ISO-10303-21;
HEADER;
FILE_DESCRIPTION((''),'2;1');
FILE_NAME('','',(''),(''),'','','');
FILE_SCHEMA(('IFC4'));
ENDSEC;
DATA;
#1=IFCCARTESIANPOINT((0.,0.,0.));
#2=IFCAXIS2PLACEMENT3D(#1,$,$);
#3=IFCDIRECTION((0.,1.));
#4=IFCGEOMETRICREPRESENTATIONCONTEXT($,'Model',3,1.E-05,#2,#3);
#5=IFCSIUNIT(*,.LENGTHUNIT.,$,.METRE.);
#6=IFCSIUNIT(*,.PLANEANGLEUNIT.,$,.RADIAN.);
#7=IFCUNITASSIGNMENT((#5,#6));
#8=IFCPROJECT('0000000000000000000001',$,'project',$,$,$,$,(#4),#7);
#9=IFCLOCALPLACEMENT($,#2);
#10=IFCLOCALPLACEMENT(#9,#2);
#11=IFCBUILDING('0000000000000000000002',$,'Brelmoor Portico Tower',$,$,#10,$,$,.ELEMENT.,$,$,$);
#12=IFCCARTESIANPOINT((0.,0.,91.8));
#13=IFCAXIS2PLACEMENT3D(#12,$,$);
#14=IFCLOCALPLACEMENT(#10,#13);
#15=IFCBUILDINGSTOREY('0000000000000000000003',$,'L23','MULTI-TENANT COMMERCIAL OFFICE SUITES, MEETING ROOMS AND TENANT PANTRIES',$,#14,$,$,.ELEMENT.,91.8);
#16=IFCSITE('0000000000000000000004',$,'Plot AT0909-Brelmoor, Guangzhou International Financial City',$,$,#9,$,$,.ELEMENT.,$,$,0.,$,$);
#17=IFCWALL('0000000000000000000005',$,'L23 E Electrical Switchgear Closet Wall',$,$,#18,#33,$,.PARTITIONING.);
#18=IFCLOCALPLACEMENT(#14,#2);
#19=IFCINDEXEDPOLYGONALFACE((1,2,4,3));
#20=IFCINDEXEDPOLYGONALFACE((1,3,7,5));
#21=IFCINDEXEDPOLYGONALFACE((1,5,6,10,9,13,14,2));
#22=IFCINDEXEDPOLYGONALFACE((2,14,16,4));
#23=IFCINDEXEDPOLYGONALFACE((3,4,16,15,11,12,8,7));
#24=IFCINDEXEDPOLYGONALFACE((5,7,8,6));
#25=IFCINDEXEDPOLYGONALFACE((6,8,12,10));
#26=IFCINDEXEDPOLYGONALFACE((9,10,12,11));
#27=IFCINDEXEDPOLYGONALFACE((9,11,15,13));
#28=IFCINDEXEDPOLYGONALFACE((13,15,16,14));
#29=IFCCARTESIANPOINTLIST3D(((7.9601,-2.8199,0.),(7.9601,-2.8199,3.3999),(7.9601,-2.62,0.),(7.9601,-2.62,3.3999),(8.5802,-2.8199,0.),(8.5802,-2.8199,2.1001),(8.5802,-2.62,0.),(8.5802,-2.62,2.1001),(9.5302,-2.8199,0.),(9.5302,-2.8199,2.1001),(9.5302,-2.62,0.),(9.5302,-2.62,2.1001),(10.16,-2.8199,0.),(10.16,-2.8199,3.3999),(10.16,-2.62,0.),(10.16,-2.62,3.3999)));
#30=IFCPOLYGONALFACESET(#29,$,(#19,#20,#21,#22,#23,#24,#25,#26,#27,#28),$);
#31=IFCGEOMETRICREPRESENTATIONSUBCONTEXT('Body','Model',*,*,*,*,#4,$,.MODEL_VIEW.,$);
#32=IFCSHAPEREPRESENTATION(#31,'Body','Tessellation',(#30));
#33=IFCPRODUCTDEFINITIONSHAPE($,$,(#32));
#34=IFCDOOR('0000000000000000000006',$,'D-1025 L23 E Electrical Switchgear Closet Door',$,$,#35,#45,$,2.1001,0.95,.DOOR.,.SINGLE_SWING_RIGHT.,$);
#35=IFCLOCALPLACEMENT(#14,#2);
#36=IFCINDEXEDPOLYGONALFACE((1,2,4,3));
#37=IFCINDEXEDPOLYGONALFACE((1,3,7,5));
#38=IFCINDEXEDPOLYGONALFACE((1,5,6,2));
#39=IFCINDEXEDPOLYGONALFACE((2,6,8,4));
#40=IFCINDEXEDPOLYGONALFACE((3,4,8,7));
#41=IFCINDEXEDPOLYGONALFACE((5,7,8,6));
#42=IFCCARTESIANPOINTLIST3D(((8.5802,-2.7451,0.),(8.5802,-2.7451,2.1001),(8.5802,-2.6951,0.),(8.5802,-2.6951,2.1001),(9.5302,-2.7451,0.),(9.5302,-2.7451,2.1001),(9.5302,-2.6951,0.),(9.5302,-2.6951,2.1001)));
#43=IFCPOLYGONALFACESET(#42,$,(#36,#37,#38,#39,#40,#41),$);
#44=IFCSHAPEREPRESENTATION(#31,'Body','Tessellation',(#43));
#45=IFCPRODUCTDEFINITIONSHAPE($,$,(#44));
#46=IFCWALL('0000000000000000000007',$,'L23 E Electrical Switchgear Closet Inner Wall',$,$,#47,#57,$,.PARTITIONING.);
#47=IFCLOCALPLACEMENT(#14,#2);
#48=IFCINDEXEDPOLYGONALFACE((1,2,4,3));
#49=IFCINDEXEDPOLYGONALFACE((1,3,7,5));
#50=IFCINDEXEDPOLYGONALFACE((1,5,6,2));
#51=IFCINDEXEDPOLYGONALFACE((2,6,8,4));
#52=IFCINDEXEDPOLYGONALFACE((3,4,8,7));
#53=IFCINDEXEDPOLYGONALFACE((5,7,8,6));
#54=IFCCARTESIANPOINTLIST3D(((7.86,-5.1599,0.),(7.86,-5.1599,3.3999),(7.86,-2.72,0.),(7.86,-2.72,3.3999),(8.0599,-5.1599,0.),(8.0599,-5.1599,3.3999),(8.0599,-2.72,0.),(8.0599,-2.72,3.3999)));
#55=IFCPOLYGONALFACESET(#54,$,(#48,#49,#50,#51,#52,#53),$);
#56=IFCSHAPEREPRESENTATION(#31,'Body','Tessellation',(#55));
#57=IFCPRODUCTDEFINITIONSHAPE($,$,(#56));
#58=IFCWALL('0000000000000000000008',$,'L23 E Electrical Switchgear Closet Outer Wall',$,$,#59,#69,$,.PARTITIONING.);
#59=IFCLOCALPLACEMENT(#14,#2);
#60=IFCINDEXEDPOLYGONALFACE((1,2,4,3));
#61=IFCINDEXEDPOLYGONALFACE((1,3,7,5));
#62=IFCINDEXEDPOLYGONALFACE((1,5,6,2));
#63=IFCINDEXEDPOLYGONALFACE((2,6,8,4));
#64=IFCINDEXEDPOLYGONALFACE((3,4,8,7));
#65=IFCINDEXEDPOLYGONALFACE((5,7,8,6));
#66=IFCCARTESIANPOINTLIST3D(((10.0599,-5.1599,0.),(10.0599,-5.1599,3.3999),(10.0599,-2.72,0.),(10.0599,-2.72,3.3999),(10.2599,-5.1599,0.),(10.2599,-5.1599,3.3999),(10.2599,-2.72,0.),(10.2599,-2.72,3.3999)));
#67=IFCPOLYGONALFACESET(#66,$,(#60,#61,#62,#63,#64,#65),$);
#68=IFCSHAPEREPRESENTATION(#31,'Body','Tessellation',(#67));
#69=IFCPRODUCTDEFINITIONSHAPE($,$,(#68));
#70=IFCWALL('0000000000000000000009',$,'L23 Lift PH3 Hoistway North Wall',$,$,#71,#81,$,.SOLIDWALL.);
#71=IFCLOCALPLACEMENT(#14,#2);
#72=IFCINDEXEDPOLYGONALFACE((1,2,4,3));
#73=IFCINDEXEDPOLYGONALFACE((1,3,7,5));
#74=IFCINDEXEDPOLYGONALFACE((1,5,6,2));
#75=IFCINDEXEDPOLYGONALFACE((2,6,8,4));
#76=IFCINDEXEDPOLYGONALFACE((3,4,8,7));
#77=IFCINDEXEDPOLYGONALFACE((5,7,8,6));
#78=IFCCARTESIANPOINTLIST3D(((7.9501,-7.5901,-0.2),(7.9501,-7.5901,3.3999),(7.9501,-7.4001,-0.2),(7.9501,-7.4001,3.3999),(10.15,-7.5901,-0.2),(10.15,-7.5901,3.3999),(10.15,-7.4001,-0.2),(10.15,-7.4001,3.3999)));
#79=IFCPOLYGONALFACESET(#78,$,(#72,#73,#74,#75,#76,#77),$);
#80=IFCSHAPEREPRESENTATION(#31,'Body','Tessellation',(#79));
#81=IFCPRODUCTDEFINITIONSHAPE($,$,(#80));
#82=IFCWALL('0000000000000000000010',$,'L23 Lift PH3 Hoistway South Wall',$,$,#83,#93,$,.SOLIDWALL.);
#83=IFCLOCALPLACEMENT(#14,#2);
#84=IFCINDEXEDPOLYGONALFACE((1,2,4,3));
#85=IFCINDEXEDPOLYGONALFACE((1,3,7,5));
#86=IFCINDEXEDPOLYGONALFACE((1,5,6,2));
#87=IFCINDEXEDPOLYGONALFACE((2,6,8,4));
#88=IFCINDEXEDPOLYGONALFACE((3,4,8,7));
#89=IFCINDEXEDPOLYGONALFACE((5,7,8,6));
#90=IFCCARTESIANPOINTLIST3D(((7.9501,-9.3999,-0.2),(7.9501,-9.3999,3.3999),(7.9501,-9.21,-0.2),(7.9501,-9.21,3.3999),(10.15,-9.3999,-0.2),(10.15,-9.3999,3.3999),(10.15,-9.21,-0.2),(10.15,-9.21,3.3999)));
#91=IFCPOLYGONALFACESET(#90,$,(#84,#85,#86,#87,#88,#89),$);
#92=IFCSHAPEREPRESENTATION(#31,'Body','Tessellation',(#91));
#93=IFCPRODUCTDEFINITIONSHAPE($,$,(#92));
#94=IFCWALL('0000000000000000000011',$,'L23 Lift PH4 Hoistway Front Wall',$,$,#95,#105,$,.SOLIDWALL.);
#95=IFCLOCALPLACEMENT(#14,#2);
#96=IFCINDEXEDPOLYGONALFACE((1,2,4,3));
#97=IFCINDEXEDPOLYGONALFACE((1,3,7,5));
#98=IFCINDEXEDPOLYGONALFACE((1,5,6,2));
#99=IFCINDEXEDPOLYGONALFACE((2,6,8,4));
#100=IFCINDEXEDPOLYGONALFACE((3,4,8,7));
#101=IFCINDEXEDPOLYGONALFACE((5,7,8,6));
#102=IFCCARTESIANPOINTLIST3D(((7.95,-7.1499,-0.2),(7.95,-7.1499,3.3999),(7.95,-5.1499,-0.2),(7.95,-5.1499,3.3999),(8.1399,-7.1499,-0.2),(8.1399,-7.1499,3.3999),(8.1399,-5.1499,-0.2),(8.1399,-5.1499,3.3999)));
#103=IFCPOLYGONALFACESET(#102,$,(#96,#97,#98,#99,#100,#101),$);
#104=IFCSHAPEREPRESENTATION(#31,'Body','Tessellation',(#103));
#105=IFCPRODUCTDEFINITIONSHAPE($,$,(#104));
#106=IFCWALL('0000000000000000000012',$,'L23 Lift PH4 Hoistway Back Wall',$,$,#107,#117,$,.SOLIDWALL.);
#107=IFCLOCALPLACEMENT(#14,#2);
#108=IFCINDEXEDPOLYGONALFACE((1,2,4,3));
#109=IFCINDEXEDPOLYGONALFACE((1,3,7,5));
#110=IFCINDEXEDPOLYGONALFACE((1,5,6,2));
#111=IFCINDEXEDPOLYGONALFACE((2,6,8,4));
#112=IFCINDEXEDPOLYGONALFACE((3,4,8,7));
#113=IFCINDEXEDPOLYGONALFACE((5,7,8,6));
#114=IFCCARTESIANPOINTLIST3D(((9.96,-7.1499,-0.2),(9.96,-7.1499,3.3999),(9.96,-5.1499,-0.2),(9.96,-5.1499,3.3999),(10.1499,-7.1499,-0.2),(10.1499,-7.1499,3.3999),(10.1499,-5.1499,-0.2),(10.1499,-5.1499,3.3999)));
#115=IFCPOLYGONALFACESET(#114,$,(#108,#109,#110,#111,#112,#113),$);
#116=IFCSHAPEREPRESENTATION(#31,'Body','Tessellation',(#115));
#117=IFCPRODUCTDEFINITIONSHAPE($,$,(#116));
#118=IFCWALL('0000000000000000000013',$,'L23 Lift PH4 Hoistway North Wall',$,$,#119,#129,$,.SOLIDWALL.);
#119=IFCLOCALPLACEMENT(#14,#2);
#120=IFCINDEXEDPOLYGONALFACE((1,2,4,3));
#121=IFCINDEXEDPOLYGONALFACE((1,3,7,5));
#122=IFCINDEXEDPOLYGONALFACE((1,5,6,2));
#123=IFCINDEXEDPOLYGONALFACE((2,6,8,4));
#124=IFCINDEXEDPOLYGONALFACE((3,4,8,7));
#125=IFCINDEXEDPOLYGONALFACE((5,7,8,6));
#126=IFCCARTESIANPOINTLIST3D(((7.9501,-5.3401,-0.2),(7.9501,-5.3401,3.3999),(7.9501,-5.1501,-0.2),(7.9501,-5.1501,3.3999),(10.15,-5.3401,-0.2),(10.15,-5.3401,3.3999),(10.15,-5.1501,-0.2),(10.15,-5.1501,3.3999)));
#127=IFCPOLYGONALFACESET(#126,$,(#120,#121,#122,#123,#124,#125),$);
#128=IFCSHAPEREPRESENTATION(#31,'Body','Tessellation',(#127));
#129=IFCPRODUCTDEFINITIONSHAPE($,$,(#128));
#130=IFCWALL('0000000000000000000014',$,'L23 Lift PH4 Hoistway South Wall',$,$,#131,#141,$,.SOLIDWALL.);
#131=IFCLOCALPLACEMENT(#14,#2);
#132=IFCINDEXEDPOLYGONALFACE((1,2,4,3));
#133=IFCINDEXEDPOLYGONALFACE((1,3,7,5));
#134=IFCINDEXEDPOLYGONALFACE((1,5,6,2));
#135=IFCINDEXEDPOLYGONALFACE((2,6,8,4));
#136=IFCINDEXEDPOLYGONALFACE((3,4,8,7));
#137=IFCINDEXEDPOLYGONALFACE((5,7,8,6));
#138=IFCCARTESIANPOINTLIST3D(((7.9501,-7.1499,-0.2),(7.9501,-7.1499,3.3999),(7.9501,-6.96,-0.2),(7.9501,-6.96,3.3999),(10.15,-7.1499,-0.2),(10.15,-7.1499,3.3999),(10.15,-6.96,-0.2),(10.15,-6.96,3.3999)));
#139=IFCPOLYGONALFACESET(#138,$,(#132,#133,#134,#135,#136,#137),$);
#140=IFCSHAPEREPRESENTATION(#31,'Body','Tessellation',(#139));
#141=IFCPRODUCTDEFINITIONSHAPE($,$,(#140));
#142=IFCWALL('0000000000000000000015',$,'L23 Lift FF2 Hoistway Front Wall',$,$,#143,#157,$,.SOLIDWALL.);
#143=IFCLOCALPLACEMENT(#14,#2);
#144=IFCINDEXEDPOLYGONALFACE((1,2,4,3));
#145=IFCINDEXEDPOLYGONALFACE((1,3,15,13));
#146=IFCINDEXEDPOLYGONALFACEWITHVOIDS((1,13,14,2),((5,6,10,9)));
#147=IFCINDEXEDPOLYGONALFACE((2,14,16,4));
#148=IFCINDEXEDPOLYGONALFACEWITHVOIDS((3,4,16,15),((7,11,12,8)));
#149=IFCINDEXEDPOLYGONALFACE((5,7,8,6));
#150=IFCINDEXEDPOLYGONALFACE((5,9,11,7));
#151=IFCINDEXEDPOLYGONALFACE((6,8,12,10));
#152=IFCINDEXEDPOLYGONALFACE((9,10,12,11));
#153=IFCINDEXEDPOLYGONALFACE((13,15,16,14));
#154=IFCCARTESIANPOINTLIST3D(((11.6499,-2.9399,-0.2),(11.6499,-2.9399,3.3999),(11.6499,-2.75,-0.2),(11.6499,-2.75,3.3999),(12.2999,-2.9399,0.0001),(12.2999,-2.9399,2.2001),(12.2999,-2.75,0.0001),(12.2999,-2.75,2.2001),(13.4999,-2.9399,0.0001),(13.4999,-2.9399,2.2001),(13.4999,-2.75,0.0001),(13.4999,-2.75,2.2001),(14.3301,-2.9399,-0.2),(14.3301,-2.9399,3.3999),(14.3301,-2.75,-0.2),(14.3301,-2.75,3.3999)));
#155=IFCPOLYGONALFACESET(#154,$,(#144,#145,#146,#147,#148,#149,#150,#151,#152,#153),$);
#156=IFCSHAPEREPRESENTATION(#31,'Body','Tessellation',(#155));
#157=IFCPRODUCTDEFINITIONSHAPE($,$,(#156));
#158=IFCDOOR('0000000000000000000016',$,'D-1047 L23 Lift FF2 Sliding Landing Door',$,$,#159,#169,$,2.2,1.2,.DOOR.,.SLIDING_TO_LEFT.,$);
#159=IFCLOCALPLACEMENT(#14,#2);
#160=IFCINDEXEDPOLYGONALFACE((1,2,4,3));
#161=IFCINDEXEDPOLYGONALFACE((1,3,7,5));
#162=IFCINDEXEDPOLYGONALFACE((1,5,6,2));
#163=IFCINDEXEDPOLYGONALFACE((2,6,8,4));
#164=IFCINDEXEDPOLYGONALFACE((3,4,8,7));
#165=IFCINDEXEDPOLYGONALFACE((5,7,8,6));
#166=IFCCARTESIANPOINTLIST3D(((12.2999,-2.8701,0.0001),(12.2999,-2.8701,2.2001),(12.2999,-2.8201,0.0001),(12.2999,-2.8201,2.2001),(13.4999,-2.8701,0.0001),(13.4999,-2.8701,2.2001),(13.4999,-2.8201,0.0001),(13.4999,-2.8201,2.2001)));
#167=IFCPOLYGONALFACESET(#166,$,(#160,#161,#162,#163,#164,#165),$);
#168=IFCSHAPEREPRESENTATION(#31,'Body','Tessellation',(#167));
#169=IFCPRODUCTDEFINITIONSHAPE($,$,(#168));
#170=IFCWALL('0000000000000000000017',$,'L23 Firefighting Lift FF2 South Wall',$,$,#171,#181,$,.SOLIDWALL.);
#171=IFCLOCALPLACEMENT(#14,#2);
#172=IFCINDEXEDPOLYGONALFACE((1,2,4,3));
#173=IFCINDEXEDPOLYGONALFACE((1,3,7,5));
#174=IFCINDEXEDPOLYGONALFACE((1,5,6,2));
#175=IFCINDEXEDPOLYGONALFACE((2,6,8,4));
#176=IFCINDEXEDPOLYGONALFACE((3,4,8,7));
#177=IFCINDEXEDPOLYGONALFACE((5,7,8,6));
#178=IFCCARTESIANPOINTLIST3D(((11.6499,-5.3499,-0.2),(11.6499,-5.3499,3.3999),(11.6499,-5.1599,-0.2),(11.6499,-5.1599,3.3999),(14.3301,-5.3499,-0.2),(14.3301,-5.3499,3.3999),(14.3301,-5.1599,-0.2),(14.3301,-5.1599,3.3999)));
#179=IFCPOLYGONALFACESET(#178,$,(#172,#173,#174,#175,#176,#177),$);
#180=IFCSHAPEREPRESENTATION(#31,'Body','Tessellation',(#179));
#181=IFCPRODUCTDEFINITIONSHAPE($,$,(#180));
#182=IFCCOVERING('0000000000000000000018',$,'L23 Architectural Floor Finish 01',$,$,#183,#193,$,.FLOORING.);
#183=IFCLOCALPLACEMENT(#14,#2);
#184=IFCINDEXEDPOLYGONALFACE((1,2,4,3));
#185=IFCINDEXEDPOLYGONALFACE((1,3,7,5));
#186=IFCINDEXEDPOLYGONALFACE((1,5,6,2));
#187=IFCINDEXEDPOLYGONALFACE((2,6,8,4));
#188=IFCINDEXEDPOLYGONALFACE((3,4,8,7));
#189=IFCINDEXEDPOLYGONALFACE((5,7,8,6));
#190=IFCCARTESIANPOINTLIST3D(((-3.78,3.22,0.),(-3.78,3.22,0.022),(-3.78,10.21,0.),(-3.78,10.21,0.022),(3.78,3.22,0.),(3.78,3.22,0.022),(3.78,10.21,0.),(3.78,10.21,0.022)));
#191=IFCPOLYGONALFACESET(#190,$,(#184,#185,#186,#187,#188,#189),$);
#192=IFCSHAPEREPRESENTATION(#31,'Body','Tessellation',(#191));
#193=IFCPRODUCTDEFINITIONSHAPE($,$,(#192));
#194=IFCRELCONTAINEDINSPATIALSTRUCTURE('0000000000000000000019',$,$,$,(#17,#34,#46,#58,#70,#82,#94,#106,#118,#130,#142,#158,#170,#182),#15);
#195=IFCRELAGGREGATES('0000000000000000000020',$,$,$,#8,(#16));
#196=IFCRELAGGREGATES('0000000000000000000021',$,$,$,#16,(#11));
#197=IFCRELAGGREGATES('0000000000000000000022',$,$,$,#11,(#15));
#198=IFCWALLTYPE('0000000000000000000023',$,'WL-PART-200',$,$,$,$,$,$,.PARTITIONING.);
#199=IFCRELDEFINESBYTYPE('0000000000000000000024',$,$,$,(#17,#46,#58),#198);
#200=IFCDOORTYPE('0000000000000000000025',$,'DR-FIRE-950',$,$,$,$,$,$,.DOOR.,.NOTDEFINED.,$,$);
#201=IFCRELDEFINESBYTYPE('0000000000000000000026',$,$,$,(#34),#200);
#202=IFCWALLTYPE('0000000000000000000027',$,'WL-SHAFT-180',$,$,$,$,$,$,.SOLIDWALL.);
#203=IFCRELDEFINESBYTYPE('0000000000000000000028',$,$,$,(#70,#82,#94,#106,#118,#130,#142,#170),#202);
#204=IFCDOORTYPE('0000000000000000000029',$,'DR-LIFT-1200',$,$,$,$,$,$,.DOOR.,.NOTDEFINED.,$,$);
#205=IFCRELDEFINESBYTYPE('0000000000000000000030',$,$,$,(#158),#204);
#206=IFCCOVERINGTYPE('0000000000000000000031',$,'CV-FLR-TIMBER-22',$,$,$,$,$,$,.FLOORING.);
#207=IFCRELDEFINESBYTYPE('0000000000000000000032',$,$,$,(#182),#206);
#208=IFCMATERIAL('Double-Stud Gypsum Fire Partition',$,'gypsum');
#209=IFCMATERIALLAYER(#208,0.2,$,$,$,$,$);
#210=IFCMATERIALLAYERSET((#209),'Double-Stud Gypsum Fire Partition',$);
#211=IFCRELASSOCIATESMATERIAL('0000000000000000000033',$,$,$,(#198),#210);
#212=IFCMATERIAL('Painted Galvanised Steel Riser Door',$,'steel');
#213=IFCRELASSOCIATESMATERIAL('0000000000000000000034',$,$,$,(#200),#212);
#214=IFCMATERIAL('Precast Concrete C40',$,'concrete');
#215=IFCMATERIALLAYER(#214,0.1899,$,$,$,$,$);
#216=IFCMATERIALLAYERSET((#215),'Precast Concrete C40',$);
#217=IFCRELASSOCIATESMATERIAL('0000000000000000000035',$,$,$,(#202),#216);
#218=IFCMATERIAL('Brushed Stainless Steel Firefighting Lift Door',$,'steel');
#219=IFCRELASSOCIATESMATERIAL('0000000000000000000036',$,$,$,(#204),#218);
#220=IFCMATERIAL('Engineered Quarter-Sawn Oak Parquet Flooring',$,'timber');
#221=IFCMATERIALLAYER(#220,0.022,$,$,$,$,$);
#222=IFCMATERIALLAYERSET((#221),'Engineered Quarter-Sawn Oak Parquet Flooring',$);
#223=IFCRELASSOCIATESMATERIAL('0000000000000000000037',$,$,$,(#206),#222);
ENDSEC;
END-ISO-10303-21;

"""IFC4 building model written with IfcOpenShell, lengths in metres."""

from ifc_helpers import new_model, si_unit, direction, frame, frame_2d, origin, place, context, subcontext, project, spatial, polyline, rectangle, outline, extrude, material, layer, layer_set, type_object, element, fill, save


model = new_model("IFC4")

# Units and contexts
model_context = context("Model", 3, precision=1e-05, world=origin(), true_north=direction((0.0, 1.0)))
body_context = subcontext(model_context, "Body", "Model", "MODEL_VIEW")
ifc_project = project(units=[si_unit("LENGTHUNIT", "METRE"), si_unit("PLANEANGLEUNIT", "RADIAN")], contexts=[model_context])

# Site, building, storey
site_placement = place(None, origin())
site = spatial("IfcSite", under=ifc_project, at=site_placement, Name="Plot AT0909-Brelmoor, Guangzhou International Financial City", CompositionType="ELEMENT", RefElevation=0.0)
building_placement = place(site_placement, origin())
building = spatial("IfcBuilding", under=site, at=building_placement, Name="Brelmoor Portico Tower", CompositionType="ELEMENT")
storey_placement = place(building_placement, frame((0.0, 0.0, 91.8)))
storey = spatial("IfcBuildingStorey", under=building, at=storey_placement, Name="L23", Description="MULTI-TENANT COMMERCIAL OFFICE SUITES, MEETING ROOMS AND TENANT PANTRIES", CompositionType="ELEMENT", Elevation=91.8)

# Wall, opening, door
ifc_material_1 = material(Name="Double-Stud Gypsum Fire Partition", Category="gypsum")
ifc_layer_1 = layer(ifc_material_1, 0.2)
ifc_layer_set_1 = layer_set([ifc_layer_1], Name="Double-Stud Gypsum Fire Partition")
wall_type_1 = type_object("IfcWallType", Name="WL-PART-200", PredefinedType="PARTITIONING", material=ifc_layer_set_1)
wall_1_placement = place(storey_placement, frame((7.96, -2.72, 0.0), z_axis=(0.0, 0.0, 1.0), x_axis=(1.0, 0.0, 0.0)))
wall_1 = element("IfcWall", 1, at=wall_1_placement, inside=storey, type_object=wall_type_1, Name="L23 E Electrical Switchgear Closet Wall", PredefinedType="PARTITIONING", context=body_context, shape_type="SweptSolid", body=[
    extrude(rectangle(XDim=2.2, YDim=0.2, at=frame_2d((1.1001, 0.0))), origin(), (0.0, 0.0, 1.0), 3.3999),
])
opening_1_placement = place(wall_1_placement, frame((0.6201, 0.0, 0.0)))
opening_1 = element("IfcOpeningElement", 2, at=opening_1_placement, cuts=wall_1, PredefinedType="OPENING", context=body_context, shape_type="SweptSolid", body=[
    extrude(rectangle(XDim=0.95, YDim=2.1001, at=frame_2d((0.4751, 1.05))), frame((0.0, 0.1099, 0.0), z_axis=(0.0, -1.0, 0.0), x_axis=(1.0, 0.0, 0.0)), (0.0, 0.0, 1.0), 0.22),
])
ifc_material_2 = material(Name="Painted Galvanised Steel Riser Door", Category="steel")
door_type_1 = type_object("IfcDoorType", Name="DR-FIRE-950", OperationType="NOTDEFINED", PredefinedType="DOOR", material=ifc_material_2)
door_1_placement = place(opening_1_placement, origin())
door_1 = element("IfcDoor", 3, at=door_1_placement, inside=storey, type_object=door_type_1, Name="D-1025 L23 E Electrical Switchgear Closet Door", OperationType="SINGLE_SWING_RIGHT", OverallHeight=2.1001, OverallWidth=0.95, PredefinedType="DOOR", context=body_context, shape_type="SweptSolid", body=[
    extrude(rectangle(XDim=0.95, YDim=2.1001, at=frame_2d((0.4751, 1.05))), frame((0.0, 0.0249, 0.0), z_axis=(0.0, -1.0, 0.0), x_axis=(1.0, 0.0, 0.0)), (0.0, 0.0, 1.0), 0.05),
])
fill(opening_1, door_1)

# Walls
for number, where, z_axis, x_axis, name in (
    (4, (7.96, -5.1599, 0.0), (0.0, 0.0, 1.0), (0.0, 1.0, 0.0), "L23 E Electrical Switchgear Closet Inner Wall"),
    (5, (10.1599, -5.1599, 0.0), (0.0, 0.0, 1.0), (0.0, 1.0, 0.0), "L23 E Electrical Switchgear Closet Outer Wall"),
):
    element("IfcWall", number, at=place(storey_placement, frame(where, z_axis=z_axis, x_axis=x_axis)), inside=storey, type_object=wall_type_1, Name=name, PredefinedType="PARTITIONING", context=body_context, shape_type="SweptSolid", body=[
        extrude(rectangle(XDim=2.4399, YDim=0.2, at=frame_2d((1.22, 0.0))), origin(), (0.0, 0.0, 1.0), 3.3999),
    ])
ifc_material_3 = material(Name="Precast Concrete C40", Category="concrete")
ifc_layer_2 = layer(ifc_material_3, 0.1899)
ifc_layer_set_2 = layer_set([ifc_layer_2], Name="Precast Concrete C40")
wall_type_2 = type_object("IfcWallType", Name="WL-SHAFT-180", PredefinedType="SOLIDWALL", material=ifc_layer_set_2)
for number, where, z_axis, x_axis, name in (
    (6, (7.95, -7.4951, -0.2), (0.0, 0.0, 1.0), (1.0, 0.0, 0.0), "L23 Lift PH3 Hoistway North Wall"),
    (7, (7.95, -9.3049, -0.2), (0.0, 0.0, 1.0), (1.0, 0.0, 0.0), "L23 Lift PH3 Hoistway South Wall"),
):
    element("IfcWall", number, at=place(storey_placement, frame(where, z_axis=z_axis, x_axis=x_axis)), inside=storey, type_object=wall_type_2, Name=name, PredefinedType="SOLIDWALL", context=body_context, shape_type="SweptSolid", body=[
        extrude(rectangle(XDim=2.2, YDim=0.1899, at=frame_2d((1.1001, 0.0))), origin(), (0.0, 0.0, 1.0), 3.5999),
    ])
for number, where, z_axis, x_axis, name in (
    (8, (8.0449, -7.1499, -0.2), (0.0, 0.0, 1.0), (0.0, 1.0, 0.0), "L23 Lift PH4 Hoistway Front Wall"),
    (9, (10.0549, -7.1499, -0.2), (0.0, 0.0, 1.0), (0.0, 1.0, 0.0), "L23 Lift PH4 Hoistway Back Wall"),
):
    element("IfcWall", number, at=place(storey_placement, frame(where, z_axis=z_axis, x_axis=x_axis)), inside=storey, type_object=wall_type_2, Name=name, PredefinedType="SOLIDWALL", context=body_context, shape_type="SweptSolid", body=[
        extrude(rectangle(XDim=2.0, YDim=0.1899, at=frame_2d((1.0, 0.0))), origin(), (0.0, 0.0, 1.0), 3.5999),
    ])
for number, where, z_axis, x_axis, name in (
    (10, (7.95, -5.2451, -0.2), (0.0, 0.0, 1.0), (1.0, 0.0, 0.0), "L23 Lift PH4 Hoistway North Wall"),
    (11, (7.95, -7.0549, -0.2), (0.0, 0.0, 1.0), (1.0, 0.0, 0.0), "L23 Lift PH4 Hoistway South Wall"),
):
    element("IfcWall", number, at=place(storey_placement, frame(where, z_axis=z_axis, x_axis=x_axis)), inside=storey, type_object=wall_type_2, Name=name, PredefinedType="SOLIDWALL", context=body_context, shape_type="SweptSolid", body=[
        extrude(rectangle(XDim=2.2, YDim=0.1899, at=frame_2d((1.1001, 0.0))), origin(), (0.0, 0.0, 1.0), 3.5999),
    ])

# Wall, opening, door
wall_2_placement = place(storey_placement, frame((11.6499, -2.845, -0.2), z_axis=(0.0, 0.0, 1.0), x_axis=(1.0, 0.0, 0.0)))
wall_2 = element("IfcWall", 12, at=wall_2_placement, inside=storey, type_object=wall_type_2, Name="L23 Lift FF2 Hoistway Front Wall", PredefinedType="SOLIDWALL", context=body_context, shape_type="SweptSolid", body=[
    extrude(rectangle(XDim=2.6802, YDim=0.1899, at=frame_2d((1.3401, 0.0))), origin(), (0.0, 0.0, 1.0), 3.5999),
])
opening_2_placement = place(wall_2_placement, frame((0.6499, 0.0, 0.2)))
opening_2 = element("IfcOpeningElement", 13, at=opening_2_placement, cuts=wall_2, PredefinedType="OPENING", context=body_context, shape_type="SweptSolid", body=[
    extrude(rectangle(XDim=1.2, YDim=2.2, at=frame_2d((0.6001, 1.1001))), frame((0.0, 0.105, 0.0), z_axis=(0.0, -1.0, 0.0), x_axis=(1.0, 0.0, 0.0)), (0.0, 0.0, 1.0), 0.21),
])
ifc_material_4 = material(Name="Brushed Stainless Steel Firefighting Lift Door", Category="steel")
door_type_2 = type_object("IfcDoorType", Name="DR-LIFT-1200", OperationType="NOTDEFINED", PredefinedType="DOOR", material=ifc_material_4)
door_2_placement = place(opening_2_placement, origin())
door_2 = element("IfcDoor", 14, at=door_2_placement, inside=storey, type_object=door_type_2, Name="D-1047 L23 Lift FF2 Sliding Landing Door", OperationType="SLIDING_TO_LEFT", OverallHeight=2.2, OverallWidth=1.2, PredefinedType="DOOR", context=body_context, shape_type="SweptSolid", body=[
    extrude(rectangle(XDim=1.2, YDim=2.2, at=frame_2d((0.6001, 1.1001))), frame((0.0, 0.0249, 0.0), z_axis=(0.0, -1.0, 0.0), x_axis=(1.0, 0.0, 0.0)), (0.0, 0.0, 1.0), 0.05),
])
fill(opening_2, door_2)

# Wall
wall_3_placement = place(storey_placement, frame((11.6499, -5.2549, -0.2), z_axis=(0.0, 0.0, 1.0), x_axis=(1.0, 0.0, 0.0)))
element("IfcWall", 15, at=wall_3_placement, inside=storey, type_object=wall_type_2, Name="L23 Firefighting Lift FF2 South Wall", PredefinedType="SOLIDWALL", context=body_context, shape_type="SweptSolid", body=[
    extrude(rectangle(XDim=2.6802, YDim=0.1899, at=frame_2d((1.3401, 0.0))), origin(), (0.0, 0.0, 1.0), 3.5999),
])

# Covering
ifc_material_5 = material(Name="Engineered Quarter-Sawn Oak Parquet Flooring", Category="timber")
ifc_layer_3 = layer(ifc_material_5, 0.022)
ifc_layer_set_3 = layer_set([ifc_layer_3], Name="Engineered Quarter-Sawn Oak Parquet Flooring")
covering_type = type_object("IfcCoveringType", Name="CV-FLR-TIMBER-22", PredefinedType="FLOORING", material=ifc_layer_set_3)
covering_placement = place(storey_placement, origin())
element("IfcCovering", 16, at=covering_placement, inside=storey, type_object=covering_type, Name="L23 Architectural Floor Finish 01", PredefinedType="FLOORING", context=body_context, shape_type="SweptSolid", body=[
    extrude(outline(polyline([(-3.78, 3.22), (-3.78, 10.21), (3.78, 10.21), (3.78, 3.22), (-3.78, 3.22)])), origin(), (0.0, 0.0, 1.0), 0.022),
])

save(model, "model.ifc")
